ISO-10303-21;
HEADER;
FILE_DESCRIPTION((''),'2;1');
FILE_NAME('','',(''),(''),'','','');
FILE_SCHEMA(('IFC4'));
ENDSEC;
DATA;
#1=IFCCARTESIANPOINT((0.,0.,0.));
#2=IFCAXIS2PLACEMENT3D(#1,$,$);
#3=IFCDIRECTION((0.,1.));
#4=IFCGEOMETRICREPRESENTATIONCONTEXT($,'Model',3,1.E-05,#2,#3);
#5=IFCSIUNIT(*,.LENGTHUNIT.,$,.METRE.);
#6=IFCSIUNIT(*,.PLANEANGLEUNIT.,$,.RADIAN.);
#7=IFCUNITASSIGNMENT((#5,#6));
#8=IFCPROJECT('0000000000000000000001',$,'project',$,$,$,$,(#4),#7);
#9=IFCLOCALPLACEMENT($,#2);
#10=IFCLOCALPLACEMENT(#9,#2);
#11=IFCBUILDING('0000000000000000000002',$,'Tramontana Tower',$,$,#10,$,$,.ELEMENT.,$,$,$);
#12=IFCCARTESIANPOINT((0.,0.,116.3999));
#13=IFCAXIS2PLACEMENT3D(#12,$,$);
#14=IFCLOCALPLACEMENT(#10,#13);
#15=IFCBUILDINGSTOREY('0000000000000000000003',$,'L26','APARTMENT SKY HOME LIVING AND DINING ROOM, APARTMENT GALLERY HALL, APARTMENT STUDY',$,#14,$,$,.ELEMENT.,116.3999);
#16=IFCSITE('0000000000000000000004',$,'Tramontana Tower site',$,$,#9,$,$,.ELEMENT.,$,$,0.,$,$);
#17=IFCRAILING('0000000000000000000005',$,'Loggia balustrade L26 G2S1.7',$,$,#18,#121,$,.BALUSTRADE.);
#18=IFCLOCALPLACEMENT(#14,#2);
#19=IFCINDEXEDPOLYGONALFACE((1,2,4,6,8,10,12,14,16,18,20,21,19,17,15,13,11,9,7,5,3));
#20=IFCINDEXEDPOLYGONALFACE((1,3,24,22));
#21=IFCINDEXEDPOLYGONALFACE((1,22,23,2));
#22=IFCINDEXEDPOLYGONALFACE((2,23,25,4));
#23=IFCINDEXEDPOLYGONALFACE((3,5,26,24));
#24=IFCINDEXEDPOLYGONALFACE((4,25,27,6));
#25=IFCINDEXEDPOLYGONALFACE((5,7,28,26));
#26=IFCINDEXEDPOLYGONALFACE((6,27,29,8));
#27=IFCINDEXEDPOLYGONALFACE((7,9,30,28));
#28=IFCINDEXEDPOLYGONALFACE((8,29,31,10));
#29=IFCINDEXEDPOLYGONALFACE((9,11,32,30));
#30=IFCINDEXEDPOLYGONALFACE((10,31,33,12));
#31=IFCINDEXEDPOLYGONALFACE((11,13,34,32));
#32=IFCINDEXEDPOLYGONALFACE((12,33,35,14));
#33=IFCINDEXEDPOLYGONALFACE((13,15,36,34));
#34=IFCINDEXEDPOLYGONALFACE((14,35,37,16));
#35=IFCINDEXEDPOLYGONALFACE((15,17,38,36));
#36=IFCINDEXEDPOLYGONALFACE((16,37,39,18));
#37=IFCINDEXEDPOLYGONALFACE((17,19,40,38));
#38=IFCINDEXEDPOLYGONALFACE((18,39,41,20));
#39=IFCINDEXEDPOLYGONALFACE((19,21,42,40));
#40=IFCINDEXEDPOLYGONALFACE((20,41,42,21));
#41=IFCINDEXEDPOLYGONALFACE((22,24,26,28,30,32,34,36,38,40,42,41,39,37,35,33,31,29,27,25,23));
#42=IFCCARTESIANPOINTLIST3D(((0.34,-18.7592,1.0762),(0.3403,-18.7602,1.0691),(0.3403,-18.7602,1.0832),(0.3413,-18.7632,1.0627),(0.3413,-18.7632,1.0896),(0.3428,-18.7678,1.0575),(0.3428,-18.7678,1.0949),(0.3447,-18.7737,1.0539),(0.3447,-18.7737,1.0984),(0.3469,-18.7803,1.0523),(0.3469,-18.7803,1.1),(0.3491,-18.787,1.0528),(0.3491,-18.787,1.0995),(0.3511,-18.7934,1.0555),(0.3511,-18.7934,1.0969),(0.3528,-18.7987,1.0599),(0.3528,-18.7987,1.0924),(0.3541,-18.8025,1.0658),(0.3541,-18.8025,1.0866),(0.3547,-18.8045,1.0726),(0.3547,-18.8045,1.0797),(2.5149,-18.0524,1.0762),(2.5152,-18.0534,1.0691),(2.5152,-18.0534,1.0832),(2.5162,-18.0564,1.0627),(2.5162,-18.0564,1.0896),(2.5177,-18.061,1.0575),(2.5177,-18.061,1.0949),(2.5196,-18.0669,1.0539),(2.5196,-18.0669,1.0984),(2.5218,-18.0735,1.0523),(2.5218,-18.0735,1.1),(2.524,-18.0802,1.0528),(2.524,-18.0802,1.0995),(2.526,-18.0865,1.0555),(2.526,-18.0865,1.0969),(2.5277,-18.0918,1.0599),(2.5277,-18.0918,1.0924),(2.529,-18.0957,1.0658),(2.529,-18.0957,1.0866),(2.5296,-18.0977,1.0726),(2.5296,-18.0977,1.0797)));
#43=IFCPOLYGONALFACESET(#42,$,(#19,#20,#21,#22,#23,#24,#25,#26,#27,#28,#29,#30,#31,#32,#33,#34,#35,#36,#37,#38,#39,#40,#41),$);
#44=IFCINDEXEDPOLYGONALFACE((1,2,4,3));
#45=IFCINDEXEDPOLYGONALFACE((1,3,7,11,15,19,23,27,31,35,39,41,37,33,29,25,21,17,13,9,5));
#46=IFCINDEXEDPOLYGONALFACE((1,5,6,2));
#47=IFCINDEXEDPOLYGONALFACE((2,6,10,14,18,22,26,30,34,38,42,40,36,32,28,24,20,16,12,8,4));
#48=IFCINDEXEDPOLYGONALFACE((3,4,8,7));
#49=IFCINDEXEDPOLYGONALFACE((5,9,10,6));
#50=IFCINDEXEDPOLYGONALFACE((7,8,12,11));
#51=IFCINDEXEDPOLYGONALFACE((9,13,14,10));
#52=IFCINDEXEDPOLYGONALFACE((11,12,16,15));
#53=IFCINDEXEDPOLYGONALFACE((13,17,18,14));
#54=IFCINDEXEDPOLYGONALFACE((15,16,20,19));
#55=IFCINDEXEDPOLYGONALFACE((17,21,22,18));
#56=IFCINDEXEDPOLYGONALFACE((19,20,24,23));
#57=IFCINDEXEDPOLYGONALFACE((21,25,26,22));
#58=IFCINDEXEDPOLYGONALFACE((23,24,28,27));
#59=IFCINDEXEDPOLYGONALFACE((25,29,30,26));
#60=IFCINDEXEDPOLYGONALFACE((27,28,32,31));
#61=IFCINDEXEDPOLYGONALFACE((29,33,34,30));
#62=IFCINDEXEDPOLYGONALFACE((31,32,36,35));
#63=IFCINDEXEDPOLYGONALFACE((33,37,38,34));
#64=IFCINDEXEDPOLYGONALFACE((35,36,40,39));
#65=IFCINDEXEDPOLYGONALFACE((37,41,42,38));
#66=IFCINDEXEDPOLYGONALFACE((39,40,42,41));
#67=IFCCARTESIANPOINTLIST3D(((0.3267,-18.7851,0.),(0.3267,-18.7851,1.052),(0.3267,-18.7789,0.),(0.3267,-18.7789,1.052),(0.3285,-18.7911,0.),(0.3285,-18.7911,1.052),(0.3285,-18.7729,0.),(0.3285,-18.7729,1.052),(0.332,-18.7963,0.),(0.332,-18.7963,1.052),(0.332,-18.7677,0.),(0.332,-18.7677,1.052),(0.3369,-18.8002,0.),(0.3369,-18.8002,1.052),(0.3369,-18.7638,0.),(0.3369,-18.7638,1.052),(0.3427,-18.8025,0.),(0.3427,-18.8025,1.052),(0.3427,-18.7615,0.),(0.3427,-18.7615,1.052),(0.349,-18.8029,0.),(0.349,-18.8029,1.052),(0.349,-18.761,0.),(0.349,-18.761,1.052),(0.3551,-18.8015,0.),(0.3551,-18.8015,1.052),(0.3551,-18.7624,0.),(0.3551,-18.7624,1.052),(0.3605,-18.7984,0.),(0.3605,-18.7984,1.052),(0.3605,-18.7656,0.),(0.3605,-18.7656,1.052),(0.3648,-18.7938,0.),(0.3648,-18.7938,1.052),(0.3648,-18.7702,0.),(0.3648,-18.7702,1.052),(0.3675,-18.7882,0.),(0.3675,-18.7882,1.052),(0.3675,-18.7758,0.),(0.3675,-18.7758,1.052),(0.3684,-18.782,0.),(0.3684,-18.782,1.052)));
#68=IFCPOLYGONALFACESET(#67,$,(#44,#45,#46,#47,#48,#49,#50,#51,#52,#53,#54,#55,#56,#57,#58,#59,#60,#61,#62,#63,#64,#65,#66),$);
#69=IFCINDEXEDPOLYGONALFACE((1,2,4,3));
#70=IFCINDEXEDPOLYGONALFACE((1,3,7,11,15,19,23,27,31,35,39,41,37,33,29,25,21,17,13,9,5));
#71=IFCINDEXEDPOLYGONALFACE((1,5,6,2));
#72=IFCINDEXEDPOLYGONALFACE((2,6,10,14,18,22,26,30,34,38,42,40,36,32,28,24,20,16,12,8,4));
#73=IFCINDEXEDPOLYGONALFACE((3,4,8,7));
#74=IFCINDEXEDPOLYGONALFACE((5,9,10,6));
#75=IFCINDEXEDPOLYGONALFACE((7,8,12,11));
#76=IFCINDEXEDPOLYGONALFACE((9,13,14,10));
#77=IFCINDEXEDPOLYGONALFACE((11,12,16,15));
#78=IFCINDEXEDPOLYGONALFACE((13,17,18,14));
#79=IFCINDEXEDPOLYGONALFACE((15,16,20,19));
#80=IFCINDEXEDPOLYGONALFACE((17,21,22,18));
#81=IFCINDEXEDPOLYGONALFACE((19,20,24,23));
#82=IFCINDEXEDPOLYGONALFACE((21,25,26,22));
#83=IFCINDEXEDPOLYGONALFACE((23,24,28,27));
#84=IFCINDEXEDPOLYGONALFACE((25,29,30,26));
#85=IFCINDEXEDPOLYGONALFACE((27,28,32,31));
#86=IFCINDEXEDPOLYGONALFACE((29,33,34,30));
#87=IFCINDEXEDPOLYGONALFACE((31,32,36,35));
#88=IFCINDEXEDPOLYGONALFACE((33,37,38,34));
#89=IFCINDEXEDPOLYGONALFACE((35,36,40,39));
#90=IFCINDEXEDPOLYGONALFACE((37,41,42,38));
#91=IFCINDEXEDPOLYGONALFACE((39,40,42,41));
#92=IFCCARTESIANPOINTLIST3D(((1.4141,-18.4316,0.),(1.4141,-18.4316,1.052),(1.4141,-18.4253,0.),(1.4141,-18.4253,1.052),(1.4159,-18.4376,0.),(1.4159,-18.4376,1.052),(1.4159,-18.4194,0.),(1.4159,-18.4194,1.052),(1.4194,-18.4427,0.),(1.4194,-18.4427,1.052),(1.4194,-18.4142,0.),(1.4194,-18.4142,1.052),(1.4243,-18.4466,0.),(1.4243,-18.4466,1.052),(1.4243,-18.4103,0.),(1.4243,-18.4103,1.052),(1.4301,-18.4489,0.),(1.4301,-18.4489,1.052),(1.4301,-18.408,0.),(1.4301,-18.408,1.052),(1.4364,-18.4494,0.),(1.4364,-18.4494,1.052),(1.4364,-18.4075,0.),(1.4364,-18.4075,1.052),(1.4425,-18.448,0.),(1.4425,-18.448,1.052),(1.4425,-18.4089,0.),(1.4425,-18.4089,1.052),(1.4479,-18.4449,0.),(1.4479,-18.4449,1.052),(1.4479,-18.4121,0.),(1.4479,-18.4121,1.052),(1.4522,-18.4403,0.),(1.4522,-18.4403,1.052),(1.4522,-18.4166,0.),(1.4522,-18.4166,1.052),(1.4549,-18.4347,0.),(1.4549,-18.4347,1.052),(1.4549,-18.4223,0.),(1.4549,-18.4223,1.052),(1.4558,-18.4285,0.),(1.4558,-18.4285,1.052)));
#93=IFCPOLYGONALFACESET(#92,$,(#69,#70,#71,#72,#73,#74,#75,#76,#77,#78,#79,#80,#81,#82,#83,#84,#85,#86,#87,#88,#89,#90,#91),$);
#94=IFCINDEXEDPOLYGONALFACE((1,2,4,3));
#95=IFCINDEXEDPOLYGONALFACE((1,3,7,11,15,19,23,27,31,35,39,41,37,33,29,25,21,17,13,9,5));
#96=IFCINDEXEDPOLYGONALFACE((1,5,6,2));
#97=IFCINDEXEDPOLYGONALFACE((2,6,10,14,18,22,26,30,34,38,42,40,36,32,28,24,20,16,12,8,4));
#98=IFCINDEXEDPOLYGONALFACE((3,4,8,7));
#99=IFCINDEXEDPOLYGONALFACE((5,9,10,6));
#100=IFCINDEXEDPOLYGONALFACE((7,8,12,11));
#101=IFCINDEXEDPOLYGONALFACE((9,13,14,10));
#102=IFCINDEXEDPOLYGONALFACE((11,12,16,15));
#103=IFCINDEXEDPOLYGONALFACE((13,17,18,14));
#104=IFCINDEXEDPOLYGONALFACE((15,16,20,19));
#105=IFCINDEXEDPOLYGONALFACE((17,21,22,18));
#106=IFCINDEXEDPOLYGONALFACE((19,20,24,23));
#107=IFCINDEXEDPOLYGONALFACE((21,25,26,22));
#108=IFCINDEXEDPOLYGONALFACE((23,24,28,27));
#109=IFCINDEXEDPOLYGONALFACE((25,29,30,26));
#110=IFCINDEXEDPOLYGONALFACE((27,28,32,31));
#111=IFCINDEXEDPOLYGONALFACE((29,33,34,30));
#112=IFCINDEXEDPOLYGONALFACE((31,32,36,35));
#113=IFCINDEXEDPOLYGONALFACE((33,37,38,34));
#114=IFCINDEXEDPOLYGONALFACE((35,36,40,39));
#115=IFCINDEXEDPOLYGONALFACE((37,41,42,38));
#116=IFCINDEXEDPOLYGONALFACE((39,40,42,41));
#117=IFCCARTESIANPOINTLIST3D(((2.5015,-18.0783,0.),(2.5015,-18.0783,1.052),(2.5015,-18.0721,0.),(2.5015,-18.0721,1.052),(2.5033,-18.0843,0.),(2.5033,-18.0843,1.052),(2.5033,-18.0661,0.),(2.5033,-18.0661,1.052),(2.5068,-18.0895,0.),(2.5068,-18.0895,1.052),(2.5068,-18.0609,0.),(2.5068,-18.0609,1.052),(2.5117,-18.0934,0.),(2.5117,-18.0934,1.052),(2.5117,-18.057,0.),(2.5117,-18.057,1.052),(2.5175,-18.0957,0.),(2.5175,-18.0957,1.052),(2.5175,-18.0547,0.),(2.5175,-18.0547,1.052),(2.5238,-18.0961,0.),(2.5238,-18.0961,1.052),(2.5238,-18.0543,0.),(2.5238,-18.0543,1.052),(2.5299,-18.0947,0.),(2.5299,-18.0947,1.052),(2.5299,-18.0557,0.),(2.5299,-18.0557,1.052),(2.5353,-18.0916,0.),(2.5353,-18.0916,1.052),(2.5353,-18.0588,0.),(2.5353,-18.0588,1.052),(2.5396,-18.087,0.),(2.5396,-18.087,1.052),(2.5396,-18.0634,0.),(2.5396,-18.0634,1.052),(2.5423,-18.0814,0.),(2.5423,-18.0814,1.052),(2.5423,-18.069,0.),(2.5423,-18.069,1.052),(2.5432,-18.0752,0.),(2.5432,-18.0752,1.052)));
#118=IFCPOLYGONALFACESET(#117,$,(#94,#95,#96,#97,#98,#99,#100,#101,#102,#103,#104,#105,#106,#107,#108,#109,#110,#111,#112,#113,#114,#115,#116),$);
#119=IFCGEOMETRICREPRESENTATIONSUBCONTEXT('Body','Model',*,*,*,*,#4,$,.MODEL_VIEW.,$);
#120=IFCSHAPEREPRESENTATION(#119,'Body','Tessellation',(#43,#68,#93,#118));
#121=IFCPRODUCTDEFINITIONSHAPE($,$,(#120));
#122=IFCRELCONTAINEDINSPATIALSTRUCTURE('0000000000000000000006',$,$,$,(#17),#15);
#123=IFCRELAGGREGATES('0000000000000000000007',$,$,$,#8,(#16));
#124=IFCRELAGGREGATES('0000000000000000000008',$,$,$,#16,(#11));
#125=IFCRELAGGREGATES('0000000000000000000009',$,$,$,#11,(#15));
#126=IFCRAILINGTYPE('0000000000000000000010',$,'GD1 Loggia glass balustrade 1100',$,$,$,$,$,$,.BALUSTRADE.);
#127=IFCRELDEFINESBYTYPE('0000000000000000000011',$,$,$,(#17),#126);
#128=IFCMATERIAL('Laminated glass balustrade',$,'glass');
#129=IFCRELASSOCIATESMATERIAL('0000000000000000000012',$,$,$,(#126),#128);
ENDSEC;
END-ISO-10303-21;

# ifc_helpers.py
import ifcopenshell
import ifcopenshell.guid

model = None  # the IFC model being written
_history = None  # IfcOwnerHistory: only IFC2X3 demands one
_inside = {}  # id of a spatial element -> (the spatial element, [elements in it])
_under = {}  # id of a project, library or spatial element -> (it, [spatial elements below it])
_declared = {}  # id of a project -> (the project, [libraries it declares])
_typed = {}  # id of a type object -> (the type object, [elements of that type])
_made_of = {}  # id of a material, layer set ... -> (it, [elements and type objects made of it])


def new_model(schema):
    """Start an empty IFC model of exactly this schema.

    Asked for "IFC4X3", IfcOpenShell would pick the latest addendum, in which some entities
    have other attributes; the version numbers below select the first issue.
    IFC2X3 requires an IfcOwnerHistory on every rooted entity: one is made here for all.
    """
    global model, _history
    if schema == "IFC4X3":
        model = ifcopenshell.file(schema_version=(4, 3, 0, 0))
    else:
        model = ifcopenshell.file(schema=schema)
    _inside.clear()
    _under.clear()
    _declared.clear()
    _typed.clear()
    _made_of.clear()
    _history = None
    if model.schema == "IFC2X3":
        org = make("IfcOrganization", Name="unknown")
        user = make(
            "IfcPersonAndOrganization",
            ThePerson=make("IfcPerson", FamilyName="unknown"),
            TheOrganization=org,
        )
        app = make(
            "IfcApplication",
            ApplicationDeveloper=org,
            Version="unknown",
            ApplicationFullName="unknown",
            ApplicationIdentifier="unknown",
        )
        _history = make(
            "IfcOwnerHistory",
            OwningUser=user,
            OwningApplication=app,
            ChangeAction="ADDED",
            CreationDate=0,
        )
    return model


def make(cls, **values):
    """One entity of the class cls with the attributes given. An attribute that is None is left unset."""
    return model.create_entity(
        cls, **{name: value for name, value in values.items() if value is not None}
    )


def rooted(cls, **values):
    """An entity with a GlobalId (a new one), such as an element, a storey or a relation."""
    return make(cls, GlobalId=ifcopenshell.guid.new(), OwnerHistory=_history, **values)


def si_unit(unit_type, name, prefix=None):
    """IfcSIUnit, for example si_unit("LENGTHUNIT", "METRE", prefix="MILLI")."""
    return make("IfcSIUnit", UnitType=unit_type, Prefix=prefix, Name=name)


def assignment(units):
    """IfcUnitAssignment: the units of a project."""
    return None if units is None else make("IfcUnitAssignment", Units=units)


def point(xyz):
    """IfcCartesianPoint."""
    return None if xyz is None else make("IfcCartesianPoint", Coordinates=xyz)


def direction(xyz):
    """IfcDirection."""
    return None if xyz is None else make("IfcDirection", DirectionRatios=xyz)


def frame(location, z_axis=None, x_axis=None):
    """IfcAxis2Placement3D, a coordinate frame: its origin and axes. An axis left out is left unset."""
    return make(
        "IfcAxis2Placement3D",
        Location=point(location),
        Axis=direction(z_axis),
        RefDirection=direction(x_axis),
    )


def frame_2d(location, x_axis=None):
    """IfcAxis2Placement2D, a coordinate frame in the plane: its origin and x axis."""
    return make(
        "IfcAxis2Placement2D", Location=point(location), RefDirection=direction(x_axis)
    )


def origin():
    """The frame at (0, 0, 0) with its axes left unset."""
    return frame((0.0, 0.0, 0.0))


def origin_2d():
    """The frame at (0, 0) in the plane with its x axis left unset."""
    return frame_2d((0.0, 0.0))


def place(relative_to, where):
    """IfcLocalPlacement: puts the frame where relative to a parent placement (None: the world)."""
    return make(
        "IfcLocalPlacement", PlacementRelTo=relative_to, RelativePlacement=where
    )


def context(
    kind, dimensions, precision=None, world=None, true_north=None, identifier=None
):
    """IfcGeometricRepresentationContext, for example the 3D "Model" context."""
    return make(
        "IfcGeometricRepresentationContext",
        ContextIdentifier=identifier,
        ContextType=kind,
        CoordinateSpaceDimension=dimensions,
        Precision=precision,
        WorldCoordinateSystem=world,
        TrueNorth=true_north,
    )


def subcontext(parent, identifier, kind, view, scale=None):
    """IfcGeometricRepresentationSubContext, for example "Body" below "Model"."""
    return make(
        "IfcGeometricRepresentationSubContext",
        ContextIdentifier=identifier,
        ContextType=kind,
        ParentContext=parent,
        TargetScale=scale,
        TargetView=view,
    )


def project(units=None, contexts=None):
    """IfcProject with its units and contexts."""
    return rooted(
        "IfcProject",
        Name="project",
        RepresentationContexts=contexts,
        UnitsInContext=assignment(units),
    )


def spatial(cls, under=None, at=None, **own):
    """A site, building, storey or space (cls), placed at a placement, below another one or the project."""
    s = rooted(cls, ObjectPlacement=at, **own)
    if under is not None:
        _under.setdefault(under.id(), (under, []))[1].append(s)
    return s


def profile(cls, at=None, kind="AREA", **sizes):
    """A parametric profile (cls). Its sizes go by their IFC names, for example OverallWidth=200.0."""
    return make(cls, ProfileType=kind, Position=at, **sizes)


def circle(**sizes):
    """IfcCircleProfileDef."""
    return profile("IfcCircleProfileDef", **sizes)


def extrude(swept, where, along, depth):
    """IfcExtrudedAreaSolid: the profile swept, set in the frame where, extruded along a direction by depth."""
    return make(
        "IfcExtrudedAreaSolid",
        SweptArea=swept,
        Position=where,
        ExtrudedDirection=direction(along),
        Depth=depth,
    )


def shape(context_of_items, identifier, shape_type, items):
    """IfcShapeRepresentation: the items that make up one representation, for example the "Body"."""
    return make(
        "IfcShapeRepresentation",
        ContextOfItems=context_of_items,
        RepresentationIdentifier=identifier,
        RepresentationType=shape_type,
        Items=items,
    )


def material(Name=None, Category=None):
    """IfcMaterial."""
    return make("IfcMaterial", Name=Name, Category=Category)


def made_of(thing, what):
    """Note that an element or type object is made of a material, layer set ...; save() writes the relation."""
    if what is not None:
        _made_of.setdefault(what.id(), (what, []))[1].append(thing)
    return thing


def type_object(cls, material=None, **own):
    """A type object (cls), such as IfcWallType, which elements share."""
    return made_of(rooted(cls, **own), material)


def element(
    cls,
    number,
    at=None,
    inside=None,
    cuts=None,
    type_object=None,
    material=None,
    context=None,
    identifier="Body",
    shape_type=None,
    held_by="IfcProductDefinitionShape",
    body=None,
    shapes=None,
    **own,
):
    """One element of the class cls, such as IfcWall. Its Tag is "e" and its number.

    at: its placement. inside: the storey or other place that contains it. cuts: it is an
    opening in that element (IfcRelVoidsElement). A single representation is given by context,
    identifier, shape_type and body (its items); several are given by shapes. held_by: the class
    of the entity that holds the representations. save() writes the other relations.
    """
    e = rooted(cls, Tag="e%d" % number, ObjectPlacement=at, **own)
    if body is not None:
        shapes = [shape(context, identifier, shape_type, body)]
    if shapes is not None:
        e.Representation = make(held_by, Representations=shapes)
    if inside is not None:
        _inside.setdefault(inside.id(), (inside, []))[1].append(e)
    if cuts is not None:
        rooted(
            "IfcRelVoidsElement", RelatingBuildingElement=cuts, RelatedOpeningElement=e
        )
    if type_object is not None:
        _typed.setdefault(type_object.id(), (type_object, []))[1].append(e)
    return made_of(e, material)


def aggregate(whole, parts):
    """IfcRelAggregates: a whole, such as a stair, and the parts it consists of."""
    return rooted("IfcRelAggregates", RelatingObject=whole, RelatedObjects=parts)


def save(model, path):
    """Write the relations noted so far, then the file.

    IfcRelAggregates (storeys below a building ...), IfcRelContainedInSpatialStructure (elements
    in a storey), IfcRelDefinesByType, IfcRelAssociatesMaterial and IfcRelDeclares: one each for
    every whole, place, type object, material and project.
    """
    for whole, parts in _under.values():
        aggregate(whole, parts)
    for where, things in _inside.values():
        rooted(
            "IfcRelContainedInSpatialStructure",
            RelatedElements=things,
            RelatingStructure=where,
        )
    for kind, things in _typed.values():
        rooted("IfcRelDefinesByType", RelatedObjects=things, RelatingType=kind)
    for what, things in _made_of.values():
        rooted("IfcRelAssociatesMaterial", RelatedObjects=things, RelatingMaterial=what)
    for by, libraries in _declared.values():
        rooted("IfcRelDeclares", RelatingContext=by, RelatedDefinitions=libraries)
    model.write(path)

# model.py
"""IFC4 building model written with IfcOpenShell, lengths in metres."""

from ifc_helpers import new_model, si_unit, direction, frame, origin, origin_2d, place, context, subcontext, project, spatial, circle, extrude, material, type_object, element, save


model = new_model("IFC4")

# Units and contexts
model_context = context("Model", 3, precision=1e-05, world=origin(), true_north=direction((0.0, 1.0)))
body_context = subcontext(model_context, "Body", "Model", "MODEL_VIEW")
ifc_project = project(units=[si_unit("LENGTHUNIT", "METRE"), si_unit("PLANEANGLEUNIT", "RADIAN")], contexts=[model_context])

# Site, building, storey
site_placement = place(None, origin())
site = spatial("IfcSite", under=ifc_project, at=site_placement, Name="Tramontana Tower site", CompositionType="ELEMENT", RefElevation=0.0)
building_placement = place(site_placement, origin())
building = spatial("IfcBuilding", under=site, at=building_placement, Name="Tramontana Tower", CompositionType="ELEMENT")
storey_placement = place(building_placement, frame((0.0, 0.0, 116.3999)))
storey = spatial("IfcBuildingStorey", under=building, at=storey_placement, Name="L26", Description="APARTMENT SKY HOME LIVING AND DINING ROOM, APARTMENT GALLERY HALL, APARTMENT STUDY", CompositionType="ELEMENT", Elevation=116.3999)

# Railing
ifc_material_1 = material(Name="Laminated glass balustrade", Category="glass")
railing_type = type_object("IfcRailingType", Name="GD1 Loggia glass balustrade 1100", PredefinedType="BALUSTRADE", material=ifc_material_1)
railing_1_placement = place(storey_placement, frame((0.3474, -18.782, 0.0)))
element("IfcRailing", 1, at=railing_1_placement, inside=storey, type_object=railing_type, Name="Loggia balustrade L26 G2S1.7", PredefinedType="BALUSTRADE", context=body_context, shape_type="SweptSolid", body=[
    extrude(circle(Radius=0.0239, at=origin_2d()), frame((0.0, 0.0, 1.0762), z_axis=(0.951037, 0.309076, 0.0), x_axis=(-0.309076, 0.951037, 0.0)), (0.0, 0.0, 1.0), 2.2869),
    extrude(circle(Radius=0.021, at=origin_2d()), origin(), (0.0, 0.0, 1.0), 1.052),
    extrude(circle(Radius=0.021, at=origin_2d()), frame((1.0874, 0.3535, 0.0)), (0.0, 0.0, 1.0), 1.052),
    extrude(circle(Radius=0.021, at=origin_2d()), frame((2.1748, 0.7068, 0.0)), (0.0, 0.0, 1.0), 1.052),
])

save(model, "model.ifc")
